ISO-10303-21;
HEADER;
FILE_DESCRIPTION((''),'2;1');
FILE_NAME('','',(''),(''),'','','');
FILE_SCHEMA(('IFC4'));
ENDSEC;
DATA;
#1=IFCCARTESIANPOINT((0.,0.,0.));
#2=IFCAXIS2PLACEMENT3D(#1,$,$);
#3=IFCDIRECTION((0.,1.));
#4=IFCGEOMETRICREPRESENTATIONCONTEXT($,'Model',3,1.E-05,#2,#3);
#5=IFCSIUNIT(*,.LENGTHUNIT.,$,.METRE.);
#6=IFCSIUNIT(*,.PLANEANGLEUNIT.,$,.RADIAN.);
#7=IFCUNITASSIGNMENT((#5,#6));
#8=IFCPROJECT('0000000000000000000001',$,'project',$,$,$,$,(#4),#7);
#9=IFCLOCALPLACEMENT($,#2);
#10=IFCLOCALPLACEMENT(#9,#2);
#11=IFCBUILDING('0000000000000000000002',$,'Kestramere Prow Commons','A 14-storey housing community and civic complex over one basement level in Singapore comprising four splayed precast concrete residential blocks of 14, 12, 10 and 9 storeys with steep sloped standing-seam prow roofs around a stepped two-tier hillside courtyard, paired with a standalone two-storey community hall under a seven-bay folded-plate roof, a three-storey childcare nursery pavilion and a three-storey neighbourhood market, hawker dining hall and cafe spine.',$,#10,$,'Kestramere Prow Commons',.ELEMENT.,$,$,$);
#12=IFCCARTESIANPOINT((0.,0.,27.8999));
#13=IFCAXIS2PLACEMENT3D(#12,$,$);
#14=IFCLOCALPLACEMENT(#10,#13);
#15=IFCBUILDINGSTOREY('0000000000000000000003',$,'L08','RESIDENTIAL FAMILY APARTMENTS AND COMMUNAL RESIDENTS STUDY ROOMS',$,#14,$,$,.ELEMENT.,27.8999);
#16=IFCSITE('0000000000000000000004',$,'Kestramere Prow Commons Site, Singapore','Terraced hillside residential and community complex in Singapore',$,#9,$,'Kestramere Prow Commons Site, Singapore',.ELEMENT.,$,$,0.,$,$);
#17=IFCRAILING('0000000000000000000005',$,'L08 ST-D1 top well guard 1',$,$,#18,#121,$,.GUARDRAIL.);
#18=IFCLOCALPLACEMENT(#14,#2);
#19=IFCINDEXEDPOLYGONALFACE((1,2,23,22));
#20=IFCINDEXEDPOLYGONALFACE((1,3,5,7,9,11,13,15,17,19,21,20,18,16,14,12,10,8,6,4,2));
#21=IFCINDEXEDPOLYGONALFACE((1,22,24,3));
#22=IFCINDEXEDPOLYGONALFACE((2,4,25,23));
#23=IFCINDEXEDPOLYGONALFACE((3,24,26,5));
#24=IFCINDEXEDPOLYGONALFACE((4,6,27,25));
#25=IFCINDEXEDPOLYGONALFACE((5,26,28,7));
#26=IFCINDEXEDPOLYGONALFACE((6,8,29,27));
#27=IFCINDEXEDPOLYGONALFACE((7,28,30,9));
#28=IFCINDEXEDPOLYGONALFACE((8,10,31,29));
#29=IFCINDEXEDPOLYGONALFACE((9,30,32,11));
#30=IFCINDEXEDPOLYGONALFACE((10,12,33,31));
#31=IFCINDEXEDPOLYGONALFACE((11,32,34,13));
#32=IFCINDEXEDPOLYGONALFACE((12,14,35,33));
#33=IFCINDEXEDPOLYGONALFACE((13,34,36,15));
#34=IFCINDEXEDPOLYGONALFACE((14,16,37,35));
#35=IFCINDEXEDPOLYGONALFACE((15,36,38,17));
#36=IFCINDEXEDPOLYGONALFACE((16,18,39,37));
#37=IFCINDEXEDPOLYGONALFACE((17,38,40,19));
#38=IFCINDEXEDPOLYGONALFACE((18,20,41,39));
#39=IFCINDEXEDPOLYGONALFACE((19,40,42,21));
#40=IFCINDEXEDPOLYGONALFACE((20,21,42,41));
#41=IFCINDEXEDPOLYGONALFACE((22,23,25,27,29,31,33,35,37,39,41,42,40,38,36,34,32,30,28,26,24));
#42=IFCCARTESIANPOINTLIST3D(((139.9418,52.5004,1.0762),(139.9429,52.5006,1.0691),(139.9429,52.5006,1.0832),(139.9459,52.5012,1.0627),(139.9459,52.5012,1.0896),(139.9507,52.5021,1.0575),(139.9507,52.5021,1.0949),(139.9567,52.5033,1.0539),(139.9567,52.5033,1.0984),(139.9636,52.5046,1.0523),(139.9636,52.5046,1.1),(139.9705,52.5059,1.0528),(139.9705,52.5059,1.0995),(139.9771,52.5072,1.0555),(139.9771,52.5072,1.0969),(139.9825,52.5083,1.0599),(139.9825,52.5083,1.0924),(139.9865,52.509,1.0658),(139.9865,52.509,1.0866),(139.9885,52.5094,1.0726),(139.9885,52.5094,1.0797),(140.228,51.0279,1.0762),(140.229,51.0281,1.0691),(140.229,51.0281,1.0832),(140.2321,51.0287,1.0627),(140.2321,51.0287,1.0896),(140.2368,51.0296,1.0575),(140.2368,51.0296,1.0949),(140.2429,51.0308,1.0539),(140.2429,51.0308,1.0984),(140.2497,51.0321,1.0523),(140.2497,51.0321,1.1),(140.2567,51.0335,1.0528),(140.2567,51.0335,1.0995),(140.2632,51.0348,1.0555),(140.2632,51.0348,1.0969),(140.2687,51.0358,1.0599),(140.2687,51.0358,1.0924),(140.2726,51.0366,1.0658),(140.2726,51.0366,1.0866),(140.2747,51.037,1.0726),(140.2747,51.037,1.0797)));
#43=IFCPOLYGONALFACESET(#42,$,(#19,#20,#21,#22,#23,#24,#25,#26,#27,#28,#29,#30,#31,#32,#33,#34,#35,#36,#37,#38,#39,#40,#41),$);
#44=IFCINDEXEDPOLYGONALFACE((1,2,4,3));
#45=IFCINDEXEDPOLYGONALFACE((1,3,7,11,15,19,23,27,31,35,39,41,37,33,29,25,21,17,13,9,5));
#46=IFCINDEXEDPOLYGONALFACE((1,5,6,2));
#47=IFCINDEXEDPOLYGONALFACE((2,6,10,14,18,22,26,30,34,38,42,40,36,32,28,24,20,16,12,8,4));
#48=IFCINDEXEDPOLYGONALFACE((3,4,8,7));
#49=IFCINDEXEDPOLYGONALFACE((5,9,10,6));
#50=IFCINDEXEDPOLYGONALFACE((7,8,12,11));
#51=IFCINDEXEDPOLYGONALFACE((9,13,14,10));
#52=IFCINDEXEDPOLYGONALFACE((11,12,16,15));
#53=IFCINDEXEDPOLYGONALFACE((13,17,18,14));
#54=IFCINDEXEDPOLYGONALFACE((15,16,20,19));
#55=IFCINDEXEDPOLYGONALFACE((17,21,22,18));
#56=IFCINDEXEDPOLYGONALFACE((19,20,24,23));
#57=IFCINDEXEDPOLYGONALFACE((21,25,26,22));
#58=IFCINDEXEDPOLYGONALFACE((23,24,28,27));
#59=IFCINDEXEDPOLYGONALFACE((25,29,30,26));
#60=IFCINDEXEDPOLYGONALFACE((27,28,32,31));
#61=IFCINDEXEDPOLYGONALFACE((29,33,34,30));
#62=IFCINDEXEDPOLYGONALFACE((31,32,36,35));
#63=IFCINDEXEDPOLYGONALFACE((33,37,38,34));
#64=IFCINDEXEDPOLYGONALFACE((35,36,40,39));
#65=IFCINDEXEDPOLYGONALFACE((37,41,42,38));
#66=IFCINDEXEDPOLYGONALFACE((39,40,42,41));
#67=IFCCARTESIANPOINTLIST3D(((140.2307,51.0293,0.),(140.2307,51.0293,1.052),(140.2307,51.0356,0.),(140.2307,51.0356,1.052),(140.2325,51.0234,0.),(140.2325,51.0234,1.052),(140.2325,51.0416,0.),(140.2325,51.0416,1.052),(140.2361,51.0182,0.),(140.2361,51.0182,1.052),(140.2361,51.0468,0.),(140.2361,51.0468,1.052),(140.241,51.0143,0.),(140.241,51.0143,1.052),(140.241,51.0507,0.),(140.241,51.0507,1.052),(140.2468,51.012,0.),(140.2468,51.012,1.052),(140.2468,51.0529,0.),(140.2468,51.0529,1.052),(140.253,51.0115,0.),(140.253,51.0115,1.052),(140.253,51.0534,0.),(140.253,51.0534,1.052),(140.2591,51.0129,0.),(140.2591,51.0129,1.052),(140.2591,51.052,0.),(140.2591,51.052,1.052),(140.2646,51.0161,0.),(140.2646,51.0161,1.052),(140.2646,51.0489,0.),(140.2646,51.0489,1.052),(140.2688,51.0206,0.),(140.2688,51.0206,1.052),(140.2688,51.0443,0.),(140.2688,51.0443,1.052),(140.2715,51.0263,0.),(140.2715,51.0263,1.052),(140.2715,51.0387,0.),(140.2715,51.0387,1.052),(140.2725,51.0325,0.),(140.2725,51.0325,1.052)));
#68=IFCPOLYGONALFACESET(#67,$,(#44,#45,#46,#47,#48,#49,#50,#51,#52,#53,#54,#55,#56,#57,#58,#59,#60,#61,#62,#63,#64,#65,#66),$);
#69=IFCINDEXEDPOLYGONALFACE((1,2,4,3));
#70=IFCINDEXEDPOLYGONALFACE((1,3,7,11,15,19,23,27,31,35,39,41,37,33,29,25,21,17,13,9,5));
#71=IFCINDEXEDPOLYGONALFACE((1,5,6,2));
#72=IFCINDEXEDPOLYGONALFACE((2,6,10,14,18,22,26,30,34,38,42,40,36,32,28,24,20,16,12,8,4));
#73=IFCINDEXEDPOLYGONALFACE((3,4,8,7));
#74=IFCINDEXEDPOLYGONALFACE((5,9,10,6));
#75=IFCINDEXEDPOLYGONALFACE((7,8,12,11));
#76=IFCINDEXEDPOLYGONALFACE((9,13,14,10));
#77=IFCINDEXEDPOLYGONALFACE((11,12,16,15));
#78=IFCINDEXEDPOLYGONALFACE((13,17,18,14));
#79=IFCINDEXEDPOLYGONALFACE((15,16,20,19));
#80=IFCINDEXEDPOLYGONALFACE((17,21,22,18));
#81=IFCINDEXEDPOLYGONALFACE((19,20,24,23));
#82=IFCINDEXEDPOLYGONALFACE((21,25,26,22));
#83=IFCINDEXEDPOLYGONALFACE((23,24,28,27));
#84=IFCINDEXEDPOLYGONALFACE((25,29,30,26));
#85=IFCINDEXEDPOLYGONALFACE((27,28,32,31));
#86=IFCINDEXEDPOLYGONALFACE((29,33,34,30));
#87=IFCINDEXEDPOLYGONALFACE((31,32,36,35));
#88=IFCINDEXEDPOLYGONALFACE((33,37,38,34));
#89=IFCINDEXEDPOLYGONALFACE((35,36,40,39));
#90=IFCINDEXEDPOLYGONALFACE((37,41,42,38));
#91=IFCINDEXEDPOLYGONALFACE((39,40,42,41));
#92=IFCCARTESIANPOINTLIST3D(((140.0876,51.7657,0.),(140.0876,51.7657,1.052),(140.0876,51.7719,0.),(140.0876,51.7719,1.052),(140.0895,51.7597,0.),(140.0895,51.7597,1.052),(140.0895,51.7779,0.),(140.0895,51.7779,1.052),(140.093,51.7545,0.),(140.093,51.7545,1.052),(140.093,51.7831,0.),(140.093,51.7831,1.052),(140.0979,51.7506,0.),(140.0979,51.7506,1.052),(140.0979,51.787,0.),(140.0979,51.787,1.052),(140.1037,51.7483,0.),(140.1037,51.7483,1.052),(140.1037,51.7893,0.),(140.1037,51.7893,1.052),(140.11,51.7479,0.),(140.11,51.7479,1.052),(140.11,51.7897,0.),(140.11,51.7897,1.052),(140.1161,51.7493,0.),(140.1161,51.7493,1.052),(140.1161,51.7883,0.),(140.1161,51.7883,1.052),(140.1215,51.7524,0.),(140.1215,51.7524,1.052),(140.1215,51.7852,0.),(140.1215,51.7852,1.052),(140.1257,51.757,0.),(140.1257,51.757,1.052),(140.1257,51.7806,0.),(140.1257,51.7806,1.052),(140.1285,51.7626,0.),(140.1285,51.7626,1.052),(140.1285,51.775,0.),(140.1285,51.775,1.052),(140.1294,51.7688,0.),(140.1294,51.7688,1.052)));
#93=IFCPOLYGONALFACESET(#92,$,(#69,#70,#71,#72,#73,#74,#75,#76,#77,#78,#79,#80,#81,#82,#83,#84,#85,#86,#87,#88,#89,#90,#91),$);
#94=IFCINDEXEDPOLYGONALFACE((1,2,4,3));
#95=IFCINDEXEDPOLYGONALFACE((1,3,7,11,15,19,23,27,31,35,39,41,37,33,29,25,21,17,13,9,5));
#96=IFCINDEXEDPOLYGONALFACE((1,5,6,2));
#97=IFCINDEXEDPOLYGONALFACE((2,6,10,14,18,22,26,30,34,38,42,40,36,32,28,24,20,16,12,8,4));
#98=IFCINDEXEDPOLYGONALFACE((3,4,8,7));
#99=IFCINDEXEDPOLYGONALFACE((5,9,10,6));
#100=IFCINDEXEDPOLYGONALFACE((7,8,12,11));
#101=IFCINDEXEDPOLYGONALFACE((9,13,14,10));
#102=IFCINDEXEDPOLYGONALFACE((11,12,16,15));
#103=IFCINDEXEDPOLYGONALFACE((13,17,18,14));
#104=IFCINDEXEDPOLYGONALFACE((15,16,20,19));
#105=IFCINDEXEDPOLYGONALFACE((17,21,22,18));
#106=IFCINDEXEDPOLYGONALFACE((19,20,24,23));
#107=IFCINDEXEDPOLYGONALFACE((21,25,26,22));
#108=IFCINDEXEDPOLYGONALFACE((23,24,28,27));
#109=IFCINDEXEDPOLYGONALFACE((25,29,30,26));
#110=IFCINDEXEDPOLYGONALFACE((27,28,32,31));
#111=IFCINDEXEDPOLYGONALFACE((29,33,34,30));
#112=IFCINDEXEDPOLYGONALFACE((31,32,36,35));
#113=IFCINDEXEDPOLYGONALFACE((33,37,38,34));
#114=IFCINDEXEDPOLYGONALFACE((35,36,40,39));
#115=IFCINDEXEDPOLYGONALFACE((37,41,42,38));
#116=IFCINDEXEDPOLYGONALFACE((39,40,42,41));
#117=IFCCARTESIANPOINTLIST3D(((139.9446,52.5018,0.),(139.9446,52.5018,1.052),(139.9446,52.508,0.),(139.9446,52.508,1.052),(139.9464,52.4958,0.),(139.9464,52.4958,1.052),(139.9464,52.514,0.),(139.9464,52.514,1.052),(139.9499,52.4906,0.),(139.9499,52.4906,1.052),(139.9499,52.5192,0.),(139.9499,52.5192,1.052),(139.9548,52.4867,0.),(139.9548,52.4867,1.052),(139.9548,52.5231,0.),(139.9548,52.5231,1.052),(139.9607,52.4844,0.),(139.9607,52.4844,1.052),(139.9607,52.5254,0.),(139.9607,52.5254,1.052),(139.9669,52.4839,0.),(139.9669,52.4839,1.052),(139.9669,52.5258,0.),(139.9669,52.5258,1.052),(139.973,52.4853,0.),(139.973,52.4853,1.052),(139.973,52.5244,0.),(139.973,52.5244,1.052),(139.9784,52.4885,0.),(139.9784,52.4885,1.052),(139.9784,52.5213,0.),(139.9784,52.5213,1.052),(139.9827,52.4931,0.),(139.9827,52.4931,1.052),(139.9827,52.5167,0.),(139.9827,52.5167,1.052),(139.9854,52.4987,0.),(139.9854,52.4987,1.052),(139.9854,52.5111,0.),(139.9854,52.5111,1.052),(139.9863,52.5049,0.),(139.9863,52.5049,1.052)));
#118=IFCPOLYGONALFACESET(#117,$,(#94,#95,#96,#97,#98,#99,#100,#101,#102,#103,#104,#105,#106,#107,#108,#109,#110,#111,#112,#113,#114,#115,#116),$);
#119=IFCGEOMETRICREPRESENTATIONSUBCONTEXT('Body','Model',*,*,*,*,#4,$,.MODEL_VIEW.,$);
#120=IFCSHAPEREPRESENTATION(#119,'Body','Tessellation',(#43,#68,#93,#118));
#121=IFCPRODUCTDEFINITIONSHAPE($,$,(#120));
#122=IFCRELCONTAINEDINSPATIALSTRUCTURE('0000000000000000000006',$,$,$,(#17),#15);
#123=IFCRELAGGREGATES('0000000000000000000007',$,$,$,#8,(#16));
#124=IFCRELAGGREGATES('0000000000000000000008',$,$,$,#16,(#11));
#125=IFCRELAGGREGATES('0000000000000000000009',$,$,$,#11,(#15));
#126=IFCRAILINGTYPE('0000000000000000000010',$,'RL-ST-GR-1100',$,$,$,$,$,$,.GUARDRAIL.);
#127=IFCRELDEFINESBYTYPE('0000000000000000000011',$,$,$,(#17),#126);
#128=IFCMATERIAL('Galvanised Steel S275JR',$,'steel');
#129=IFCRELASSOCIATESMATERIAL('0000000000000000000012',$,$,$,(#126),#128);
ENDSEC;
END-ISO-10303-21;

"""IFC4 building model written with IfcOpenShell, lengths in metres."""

from ifc_helpers import new_model, si_unit, direction, frame, origin, origin_2d, place, context, subcontext, project, spatial, circle, extrude, material, type_object, element, save


model = new_model("IFC4")

# Units and contexts
model_context = context("Model", 3, precision=1e-05, world=origin(), true_north=direction((0.0, 1.0)))
body_context = subcontext(model_context, "Body", "Model", "MODEL_VIEW")
ifc_project = project(units=[si_unit("LENGTHUNIT", "METRE"), si_unit("PLANEANGLEUNIT", "RADIAN")], contexts=[model_context])

# Site, building, storey
site_placement = place(None, origin())
site = spatial("IfcSite", under=ifc_project, at=site_placement, Name="Kestramere Prow Commons Site, Singapore", Description="Terraced hillside residential and community complex in Singapore", LongName="Kestramere Prow Commons Site, Singapore", CompositionType="ELEMENT", RefElevation=0.0)
building_placement = place(site_placement, origin())
building = spatial("IfcBuilding", under=site, at=building_placement, Name="Kestramere Prow Commons", Description="A 14-storey housing community and civic complex over one basement level in Singapore comprising four splayed precast concrete residential blocks of 14, 12, 10 and 9 storeys with steep sloped standing-seam prow roofs around a stepped two-tier hillside courtyard, paired with a standalone two-storey community hall under a seven-bay folded-plate roof, a three-storey childcare nursery pavilion and a three-storey neighbourhood market, hawker dining hall and cafe spine.", LongName="Kestramere Prow Commons", CompositionType="ELEMENT")
storey_placement = place(building_placement, frame((0.0, 0.0, 27.8999)))
storey = spatial("IfcBuildingStorey", under=building, at=storey_placement, Name="L08", Description="RESIDENTIAL FAMILY APARTMENTS AND COMMUNAL RESIDENTS STUDY ROOMS", CompositionType="ELEMENT", Elevation=27.8999)

# Railing
ifc_material_1 = material(Name="Galvanised Steel S275JR", Category="steel")
railing_type = type_object("IfcRailingType", Name="RL-ST-GR-1100", PredefinedType="GUARDRAIL", material=ifc_material_1)
railing_placement = place(storey_placement, frame((140.2515, 51.0325, 0.0)))
element("IfcRailing", 1, at=railing_placement, inside=storey, type_object=railing_type, Name="L08 ST-D1 top well guard 1", PredefinedType="GUARDRAIL", context=body_context, shape_type="SweptSolid", body=[
    extrude(circle(Radius=0.0239, at=origin_2d()), frame((0.0, 0.0, 1.0762), z_axis=(-0.190761, 0.981637, 0.0), x_axis=(-0.981637, -0.190761, 0.0)), (0.0, 0.0, 1.0), 1.5),
    extrude(circle(Radius=0.021, at=origin_2d()), origin(), (0.0, 0.0, 1.0), 1.052),
    extrude(circle(Radius=0.021, at=origin_2d()), frame((-0.1431, 0.7363, 0.0)), (0.0, 0.0, 1.0), 1.052),
    extrude(circle(Radius=0.021, at=origin_2d()), frame((-0.2861, 1.4724, 0.0)), (0.0, 0.0, 1.0), 1.052),
])

save(model, "model.ifc")
